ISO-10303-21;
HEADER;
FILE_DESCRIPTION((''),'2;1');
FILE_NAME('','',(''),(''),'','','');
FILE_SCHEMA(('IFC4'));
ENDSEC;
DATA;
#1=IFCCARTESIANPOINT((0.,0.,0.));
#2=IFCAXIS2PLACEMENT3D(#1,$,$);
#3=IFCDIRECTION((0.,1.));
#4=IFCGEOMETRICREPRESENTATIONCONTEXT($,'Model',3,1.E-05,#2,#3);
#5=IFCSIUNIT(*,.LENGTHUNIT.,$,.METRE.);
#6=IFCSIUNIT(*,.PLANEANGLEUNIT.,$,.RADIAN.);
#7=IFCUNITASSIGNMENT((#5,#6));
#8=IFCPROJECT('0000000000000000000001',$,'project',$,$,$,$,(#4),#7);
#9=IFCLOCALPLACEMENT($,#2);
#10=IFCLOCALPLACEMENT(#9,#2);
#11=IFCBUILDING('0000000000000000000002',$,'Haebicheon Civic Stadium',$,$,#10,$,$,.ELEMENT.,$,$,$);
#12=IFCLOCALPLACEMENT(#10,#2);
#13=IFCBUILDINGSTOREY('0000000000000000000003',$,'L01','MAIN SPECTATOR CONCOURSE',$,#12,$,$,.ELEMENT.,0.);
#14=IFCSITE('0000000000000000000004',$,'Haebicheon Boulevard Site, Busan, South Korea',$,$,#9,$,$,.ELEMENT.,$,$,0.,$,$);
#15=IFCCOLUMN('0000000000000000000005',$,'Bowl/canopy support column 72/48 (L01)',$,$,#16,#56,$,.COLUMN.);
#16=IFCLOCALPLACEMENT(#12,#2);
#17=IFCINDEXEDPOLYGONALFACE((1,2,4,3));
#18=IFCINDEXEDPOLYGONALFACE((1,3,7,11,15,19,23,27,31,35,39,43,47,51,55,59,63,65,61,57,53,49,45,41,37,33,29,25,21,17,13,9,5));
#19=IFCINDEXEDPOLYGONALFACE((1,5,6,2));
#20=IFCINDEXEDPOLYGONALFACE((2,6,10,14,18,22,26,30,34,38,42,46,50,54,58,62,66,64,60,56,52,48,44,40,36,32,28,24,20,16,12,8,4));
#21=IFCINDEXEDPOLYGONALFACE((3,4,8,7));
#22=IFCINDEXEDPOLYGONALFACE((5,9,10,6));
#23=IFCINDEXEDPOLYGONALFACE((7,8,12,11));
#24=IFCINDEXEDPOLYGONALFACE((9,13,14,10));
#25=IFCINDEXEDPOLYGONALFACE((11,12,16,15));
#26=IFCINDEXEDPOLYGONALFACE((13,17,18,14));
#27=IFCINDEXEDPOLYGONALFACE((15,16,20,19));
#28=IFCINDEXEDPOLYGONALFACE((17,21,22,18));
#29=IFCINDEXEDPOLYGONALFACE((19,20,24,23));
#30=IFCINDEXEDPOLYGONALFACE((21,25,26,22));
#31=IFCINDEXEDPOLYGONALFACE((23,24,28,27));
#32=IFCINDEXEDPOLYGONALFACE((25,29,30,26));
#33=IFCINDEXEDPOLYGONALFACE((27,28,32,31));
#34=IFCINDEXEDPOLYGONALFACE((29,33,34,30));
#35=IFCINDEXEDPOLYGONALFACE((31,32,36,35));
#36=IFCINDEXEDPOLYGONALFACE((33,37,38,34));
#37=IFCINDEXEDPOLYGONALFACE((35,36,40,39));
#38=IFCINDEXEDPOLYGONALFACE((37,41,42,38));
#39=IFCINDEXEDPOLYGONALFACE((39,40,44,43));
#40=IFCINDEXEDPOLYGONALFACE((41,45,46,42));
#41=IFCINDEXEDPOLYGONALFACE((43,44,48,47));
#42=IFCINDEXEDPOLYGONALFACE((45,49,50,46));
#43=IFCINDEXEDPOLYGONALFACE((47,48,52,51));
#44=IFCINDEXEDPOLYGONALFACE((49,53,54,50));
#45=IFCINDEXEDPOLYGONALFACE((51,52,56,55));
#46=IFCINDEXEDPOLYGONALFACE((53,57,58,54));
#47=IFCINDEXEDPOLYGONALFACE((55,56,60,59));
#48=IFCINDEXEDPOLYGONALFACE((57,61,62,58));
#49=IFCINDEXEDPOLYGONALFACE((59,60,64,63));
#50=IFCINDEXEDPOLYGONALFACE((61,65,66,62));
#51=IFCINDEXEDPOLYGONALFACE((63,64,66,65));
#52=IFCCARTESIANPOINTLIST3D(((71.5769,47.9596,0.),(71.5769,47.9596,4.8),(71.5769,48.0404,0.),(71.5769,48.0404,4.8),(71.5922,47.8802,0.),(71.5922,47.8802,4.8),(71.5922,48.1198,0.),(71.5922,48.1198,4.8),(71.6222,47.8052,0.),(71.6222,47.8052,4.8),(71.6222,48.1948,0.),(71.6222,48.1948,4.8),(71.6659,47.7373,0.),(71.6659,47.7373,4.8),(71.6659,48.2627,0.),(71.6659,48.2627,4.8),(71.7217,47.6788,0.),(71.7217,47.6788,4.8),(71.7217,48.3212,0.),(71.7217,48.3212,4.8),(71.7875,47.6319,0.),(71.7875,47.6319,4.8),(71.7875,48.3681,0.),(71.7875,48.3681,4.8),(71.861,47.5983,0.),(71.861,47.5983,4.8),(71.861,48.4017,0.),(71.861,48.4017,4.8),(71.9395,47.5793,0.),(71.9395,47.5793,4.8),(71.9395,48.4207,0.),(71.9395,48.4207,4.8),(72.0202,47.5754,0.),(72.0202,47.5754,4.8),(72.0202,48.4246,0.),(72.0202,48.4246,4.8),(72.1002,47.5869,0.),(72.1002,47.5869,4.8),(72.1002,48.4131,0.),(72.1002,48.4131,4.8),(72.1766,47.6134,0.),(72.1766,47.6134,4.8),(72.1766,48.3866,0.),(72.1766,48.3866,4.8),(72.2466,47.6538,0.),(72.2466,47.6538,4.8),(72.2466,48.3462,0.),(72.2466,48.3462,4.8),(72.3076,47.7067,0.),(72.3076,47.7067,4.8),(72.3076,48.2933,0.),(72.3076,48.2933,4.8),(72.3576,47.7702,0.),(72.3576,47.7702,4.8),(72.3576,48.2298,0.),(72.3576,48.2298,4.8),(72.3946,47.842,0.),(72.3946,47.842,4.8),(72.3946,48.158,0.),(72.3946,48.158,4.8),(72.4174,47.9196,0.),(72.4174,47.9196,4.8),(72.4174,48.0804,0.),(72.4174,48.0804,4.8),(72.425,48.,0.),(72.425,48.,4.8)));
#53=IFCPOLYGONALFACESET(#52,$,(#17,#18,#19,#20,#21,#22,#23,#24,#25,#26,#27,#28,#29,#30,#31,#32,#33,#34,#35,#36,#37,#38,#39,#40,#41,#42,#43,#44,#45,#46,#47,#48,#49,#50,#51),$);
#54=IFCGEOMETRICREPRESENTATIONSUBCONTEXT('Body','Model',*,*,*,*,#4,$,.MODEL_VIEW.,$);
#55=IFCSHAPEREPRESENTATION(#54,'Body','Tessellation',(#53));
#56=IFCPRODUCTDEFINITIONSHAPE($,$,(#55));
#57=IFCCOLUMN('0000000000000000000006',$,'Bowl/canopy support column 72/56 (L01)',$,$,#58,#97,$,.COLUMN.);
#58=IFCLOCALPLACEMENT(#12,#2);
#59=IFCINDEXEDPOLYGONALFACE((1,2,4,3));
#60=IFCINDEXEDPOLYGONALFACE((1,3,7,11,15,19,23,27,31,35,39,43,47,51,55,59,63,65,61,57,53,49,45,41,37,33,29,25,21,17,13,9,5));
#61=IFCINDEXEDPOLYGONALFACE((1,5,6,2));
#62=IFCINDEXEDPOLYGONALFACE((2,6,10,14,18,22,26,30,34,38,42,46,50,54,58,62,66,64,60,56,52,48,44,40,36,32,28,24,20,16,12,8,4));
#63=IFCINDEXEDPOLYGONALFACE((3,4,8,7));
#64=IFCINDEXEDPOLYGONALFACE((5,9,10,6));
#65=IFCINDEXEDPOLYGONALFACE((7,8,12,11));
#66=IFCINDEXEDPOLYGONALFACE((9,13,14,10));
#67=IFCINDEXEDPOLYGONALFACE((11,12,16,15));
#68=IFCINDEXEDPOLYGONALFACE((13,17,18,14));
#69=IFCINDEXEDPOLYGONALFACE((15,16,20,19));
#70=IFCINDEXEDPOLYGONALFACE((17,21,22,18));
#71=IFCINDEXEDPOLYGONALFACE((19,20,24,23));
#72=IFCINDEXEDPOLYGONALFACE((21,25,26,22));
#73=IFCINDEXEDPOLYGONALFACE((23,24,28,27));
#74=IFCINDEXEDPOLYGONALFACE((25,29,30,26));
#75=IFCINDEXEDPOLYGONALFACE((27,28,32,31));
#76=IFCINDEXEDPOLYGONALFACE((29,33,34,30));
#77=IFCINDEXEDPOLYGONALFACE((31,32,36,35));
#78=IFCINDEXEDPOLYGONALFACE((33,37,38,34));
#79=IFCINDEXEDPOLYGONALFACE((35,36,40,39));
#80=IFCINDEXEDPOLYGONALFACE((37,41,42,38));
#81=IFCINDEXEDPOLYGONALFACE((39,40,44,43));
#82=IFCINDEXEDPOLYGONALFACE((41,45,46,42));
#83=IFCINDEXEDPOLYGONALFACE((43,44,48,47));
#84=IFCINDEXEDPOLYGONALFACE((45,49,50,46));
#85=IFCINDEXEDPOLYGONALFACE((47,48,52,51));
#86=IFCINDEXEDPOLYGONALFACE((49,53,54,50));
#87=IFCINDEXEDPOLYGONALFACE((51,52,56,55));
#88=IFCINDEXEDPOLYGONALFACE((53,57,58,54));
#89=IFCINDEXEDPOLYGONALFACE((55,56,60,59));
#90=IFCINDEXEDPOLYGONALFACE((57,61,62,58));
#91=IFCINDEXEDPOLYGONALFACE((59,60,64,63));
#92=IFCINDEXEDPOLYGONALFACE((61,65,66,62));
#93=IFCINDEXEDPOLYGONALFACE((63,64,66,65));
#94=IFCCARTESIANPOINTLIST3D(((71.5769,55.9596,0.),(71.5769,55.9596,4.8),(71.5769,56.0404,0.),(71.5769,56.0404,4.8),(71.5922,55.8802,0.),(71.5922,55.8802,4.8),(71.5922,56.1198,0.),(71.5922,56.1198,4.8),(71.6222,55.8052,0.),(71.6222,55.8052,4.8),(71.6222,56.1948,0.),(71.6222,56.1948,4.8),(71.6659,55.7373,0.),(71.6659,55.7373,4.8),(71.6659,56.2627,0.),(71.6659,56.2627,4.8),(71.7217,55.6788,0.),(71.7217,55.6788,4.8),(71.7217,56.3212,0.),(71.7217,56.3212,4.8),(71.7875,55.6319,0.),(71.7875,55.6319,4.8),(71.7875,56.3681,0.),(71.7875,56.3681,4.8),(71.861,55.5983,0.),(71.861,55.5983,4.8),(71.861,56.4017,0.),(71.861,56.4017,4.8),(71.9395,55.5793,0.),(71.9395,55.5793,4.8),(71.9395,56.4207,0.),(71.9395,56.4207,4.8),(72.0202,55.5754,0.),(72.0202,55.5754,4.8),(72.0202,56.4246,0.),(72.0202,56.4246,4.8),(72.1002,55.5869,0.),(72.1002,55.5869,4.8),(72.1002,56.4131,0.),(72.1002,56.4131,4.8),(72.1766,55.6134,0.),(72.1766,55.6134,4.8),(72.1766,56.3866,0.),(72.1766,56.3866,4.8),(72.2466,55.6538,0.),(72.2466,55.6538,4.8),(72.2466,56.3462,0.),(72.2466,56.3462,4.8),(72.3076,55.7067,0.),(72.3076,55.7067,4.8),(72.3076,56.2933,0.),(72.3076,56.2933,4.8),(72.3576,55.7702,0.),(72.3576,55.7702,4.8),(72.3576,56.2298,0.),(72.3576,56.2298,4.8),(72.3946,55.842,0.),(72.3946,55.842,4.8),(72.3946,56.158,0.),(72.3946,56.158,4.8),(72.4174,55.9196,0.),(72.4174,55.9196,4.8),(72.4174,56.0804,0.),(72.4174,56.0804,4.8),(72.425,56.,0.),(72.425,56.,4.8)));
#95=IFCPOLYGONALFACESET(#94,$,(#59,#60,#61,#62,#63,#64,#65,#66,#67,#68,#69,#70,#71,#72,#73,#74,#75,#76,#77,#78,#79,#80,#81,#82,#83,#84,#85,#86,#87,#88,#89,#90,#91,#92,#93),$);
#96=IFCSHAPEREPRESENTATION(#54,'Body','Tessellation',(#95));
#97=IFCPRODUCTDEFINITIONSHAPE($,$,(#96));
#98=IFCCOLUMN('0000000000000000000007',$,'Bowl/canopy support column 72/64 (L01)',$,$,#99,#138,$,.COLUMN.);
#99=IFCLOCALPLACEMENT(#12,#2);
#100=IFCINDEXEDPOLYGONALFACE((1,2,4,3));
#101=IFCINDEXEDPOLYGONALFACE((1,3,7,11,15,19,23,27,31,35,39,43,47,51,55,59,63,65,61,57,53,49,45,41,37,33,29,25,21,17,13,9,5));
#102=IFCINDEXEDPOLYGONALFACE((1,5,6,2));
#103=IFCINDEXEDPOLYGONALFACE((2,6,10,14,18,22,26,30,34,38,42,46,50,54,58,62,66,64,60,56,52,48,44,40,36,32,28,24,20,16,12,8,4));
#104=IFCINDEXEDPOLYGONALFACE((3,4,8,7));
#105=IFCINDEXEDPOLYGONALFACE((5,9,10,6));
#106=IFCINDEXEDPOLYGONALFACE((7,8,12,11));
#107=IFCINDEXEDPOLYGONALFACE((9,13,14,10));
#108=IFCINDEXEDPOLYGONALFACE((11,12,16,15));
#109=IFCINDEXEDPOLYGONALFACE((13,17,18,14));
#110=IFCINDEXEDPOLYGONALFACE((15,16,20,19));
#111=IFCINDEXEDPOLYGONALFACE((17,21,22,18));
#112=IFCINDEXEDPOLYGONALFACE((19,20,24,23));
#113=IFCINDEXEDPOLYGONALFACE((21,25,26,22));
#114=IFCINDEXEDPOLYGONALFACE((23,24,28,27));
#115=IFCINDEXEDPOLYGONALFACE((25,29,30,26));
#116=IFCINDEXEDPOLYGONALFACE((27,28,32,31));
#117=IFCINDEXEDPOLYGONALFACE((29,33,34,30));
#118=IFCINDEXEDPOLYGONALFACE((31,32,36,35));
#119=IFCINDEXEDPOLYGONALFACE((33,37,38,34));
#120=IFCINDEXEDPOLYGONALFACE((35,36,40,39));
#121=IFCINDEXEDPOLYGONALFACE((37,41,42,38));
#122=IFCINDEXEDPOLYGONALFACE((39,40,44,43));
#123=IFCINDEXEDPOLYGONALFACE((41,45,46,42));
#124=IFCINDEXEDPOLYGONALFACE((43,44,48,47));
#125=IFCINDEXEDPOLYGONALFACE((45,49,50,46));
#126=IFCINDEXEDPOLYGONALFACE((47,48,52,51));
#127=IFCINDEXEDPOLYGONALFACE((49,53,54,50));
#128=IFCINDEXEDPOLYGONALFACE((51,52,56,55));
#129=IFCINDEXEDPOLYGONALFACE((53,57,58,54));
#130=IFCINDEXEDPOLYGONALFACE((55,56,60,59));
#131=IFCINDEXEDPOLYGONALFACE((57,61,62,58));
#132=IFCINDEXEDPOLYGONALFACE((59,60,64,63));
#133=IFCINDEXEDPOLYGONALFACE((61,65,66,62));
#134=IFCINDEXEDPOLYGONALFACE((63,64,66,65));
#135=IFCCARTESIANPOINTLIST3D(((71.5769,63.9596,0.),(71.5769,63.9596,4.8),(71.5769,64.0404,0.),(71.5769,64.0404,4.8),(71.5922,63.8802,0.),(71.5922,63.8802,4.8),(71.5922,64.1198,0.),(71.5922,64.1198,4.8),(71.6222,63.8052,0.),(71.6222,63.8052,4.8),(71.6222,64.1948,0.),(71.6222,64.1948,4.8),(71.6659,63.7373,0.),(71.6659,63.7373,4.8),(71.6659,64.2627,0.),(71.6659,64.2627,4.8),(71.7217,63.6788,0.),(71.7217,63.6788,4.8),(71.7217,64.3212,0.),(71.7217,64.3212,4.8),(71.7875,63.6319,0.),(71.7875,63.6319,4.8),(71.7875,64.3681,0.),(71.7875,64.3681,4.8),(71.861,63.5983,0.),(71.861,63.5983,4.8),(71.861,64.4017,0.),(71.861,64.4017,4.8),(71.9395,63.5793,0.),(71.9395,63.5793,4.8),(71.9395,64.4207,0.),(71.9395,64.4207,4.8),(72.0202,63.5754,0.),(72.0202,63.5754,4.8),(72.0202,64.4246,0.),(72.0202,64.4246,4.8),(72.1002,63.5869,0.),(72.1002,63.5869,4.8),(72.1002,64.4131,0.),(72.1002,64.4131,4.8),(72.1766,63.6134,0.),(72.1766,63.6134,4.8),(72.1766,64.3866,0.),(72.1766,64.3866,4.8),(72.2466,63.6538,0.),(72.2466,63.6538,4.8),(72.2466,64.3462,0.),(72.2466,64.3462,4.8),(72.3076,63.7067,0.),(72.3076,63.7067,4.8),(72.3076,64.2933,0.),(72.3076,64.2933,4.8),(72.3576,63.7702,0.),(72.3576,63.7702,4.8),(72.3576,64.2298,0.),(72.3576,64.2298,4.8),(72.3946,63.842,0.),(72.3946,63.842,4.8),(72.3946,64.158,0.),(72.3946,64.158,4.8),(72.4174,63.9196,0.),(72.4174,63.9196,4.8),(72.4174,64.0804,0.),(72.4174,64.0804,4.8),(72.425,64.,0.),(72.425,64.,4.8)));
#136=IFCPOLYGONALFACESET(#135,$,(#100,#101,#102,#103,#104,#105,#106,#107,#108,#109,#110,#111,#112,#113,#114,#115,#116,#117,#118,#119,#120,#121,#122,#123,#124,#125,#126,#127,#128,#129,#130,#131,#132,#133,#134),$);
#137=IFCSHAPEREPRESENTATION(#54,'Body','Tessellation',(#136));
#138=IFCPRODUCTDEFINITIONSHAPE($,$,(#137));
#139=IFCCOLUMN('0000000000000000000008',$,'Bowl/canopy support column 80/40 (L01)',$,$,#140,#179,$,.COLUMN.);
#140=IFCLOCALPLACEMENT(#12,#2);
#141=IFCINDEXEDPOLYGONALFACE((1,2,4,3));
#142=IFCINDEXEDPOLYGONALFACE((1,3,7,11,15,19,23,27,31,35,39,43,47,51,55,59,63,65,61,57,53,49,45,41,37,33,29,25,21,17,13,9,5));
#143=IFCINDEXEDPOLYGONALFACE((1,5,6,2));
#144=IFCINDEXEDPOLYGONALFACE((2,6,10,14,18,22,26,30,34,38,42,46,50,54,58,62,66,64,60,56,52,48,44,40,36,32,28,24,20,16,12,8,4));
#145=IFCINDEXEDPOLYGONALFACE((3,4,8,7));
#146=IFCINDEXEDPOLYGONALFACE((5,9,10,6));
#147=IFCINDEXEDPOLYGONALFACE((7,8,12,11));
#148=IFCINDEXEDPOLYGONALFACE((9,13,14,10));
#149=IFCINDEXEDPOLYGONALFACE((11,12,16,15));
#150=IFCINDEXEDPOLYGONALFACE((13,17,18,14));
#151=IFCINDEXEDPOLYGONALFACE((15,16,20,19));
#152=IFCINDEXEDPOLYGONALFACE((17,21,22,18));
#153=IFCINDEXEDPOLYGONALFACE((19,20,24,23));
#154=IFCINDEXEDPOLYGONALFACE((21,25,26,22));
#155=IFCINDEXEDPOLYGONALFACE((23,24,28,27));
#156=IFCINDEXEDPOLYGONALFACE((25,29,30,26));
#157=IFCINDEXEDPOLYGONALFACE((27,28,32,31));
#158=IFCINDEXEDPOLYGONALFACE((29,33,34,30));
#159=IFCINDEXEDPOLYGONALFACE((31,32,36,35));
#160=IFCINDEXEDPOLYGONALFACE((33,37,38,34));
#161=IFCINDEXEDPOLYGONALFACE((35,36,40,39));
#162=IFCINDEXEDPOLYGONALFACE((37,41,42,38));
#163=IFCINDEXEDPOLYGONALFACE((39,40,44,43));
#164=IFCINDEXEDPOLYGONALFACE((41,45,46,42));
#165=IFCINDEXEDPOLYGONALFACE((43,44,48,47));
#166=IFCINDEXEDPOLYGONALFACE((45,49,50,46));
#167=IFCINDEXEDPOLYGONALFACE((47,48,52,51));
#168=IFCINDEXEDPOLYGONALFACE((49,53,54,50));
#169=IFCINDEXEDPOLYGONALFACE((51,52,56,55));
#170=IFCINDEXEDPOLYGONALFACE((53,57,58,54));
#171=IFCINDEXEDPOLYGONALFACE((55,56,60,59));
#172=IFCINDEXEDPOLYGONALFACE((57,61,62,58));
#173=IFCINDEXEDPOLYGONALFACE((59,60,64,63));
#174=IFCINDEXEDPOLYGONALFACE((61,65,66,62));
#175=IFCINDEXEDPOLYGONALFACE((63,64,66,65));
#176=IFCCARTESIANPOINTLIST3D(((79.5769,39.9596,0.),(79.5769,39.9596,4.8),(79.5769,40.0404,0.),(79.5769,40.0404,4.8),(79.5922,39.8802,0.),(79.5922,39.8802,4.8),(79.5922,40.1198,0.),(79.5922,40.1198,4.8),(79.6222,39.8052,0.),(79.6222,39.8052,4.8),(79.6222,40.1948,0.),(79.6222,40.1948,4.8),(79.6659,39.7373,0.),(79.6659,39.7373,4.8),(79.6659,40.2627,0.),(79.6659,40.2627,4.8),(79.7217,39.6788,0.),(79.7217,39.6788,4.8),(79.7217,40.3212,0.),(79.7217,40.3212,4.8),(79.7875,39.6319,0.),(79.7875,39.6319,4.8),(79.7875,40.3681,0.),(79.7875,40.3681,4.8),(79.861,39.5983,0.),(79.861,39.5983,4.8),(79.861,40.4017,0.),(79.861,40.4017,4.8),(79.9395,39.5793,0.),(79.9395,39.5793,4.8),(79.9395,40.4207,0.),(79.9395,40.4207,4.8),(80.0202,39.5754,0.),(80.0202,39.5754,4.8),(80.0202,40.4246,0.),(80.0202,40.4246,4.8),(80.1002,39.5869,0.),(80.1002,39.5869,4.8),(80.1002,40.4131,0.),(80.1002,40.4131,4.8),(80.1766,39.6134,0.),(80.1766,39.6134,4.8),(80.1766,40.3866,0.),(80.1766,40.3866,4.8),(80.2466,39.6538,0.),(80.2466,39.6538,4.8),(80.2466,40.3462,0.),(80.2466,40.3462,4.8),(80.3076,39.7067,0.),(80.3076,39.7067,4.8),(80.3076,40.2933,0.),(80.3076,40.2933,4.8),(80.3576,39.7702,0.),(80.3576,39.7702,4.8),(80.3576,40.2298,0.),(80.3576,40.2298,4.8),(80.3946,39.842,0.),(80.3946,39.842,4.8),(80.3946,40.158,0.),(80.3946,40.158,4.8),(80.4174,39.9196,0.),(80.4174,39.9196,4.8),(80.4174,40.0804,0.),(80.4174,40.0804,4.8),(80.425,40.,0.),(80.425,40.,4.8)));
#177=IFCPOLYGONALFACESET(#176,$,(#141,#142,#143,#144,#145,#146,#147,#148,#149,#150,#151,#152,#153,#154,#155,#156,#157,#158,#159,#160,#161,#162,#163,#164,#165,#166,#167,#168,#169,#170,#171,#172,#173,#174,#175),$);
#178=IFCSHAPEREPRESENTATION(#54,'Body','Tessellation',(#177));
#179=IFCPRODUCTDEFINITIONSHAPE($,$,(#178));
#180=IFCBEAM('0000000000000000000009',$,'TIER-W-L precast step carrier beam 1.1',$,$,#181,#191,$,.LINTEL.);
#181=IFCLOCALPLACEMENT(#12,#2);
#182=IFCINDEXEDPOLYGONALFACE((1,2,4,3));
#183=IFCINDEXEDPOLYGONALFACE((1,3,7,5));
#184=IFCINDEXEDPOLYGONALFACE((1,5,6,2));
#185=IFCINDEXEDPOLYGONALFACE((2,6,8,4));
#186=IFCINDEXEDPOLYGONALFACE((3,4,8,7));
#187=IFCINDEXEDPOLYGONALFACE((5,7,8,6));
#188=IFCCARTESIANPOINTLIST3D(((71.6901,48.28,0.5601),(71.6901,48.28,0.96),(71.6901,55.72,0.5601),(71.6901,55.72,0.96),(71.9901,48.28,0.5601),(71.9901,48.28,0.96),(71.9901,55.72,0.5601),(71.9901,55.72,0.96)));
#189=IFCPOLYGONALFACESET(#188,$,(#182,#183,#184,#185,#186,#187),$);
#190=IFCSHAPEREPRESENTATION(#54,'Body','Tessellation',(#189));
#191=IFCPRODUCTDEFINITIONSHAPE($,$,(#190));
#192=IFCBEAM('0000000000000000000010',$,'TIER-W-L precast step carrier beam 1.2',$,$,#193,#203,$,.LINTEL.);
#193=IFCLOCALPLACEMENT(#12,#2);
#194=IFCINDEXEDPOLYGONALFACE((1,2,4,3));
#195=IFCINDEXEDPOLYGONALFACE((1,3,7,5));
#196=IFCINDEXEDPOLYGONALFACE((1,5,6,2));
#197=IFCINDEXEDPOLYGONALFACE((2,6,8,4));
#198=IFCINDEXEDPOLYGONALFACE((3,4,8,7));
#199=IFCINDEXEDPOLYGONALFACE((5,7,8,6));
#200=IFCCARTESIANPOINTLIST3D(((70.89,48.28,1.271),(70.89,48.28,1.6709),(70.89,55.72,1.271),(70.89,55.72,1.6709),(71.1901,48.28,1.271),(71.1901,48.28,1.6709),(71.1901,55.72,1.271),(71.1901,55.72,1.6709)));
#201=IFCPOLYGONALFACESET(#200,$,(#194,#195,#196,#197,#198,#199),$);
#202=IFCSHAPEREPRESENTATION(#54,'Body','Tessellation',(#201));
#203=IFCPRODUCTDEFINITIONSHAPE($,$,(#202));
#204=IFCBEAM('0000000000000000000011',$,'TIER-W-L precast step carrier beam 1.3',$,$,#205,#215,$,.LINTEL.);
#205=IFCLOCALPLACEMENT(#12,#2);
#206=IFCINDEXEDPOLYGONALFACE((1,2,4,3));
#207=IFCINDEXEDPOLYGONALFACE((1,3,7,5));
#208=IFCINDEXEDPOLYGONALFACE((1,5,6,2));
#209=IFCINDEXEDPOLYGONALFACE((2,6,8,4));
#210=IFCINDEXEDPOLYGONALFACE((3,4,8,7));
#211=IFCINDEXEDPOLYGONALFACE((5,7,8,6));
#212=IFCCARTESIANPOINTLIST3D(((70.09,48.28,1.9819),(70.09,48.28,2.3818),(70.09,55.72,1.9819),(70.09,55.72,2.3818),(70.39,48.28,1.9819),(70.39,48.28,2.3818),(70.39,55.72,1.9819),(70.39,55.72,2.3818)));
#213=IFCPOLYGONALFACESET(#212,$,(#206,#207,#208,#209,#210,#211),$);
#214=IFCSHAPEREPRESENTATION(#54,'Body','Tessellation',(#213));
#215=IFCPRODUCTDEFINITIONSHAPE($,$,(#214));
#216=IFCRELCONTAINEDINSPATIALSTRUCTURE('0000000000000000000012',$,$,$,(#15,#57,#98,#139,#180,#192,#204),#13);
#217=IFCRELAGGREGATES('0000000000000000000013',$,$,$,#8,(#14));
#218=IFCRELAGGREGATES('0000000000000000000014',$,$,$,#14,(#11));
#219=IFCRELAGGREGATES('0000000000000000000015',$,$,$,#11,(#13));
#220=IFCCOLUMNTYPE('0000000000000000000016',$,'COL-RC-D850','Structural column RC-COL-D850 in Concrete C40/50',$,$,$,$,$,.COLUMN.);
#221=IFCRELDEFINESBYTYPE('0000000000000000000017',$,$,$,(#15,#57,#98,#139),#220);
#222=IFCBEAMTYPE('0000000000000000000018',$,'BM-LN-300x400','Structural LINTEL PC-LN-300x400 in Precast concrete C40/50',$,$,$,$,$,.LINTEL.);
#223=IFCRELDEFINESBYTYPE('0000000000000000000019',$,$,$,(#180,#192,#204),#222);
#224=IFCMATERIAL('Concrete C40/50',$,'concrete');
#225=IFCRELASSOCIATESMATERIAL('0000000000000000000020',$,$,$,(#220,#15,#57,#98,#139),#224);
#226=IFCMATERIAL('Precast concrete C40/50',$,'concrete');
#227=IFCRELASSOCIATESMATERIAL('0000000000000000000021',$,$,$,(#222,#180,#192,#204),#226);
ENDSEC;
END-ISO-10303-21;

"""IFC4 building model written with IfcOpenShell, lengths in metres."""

from ifc_helpers import new_model, si_unit, direction, frame, origin, origin_2d, place, context, subcontext, project, spatial, rectangle, circle, extrude, material, material_profile, profile_set, type_object, element, save


model = new_model("IFC4")

# Units and contexts
model_context = context("Model", 3, precision=1e-05, world=origin(), true_north=direction((0.0, 1.0)))
body_context = subcontext(model_context, "Body", "Model", "MODEL_VIEW")
ifc_project = project(units=[si_unit("LENGTHUNIT", "METRE"), si_unit("PLANEANGLEUNIT", "RADIAN")], contexts=[model_context])

# Site, building, storey
site_placement = place(None, origin())
site = spatial("IfcSite", under=ifc_project, at=site_placement, Name="Haebicheon Boulevard Site, Busan, South Korea", CompositionType="ELEMENT", RefElevation=0.0)
building_placement = place(site_placement, origin())
building = spatial("IfcBuilding", under=site, at=building_placement, Name="Haebicheon Civic Stadium", CompositionType="ELEMENT")
storey_placement = place(building_placement, origin())
storey = spatial("IfcBuildingStorey", under=building, at=storey_placement, Name="L01", Description="MAIN SPECTATOR CONCOURSE", CompositionType="ELEMENT", Elevation=0.0)

# Columns
ifc_material_1 = material(Name="Concrete C40/50", Category="concrete")
ifc_material_profile_1 = material_profile(ifc_material_1, circle(Radius=0.425, at=origin_2d()), Name="RC-COL-D850")
ifc_profile_set_1 = profile_set([ifc_material_profile_1], Name="Concrete C40/50")
column_type = type_object("IfcColumnType", Name="COL-RC-D850", Description="Structural column RC-COL-D850 in Concrete C40/50", PredefinedType="COLUMN", material=ifc_profile_set_1)
for number, where, z_axis, x_axis, name in (
    (1, (72.0, 48.0, 0.0), (0.0, 0.0, 1.0), (1.0, 0.0, 0.0), "Bowl/canopy support column 72/48 (L01)"),
    (2, (72.0, 56.0, 0.0), (0.0, 0.0, 1.0), (1.0, 0.0, 0.0), "Bowl/canopy support column 72/56 (L01)"),
    (3, (72.0, 64.0, 0.0), (0.0, 0.0, 1.0), (1.0, 0.0, 0.0), "Bowl/canopy support column 72/64 (L01)"),
    (4, (80.0, 40.0, 0.0), (0.0, 0.0, 1.0), (1.0, 0.0, 0.0), "Bowl/canopy support column 80/40 (L01)"),
):
    element("IfcColumn", number, at=place(storey_placement, frame(where, z_axis=z_axis, x_axis=x_axis)), inside=storey, type_object=column_type, material=ifc_profile_set_1, Name=name, PredefinedType="COLUMN", context=body_context, shape_type="SweptSolid", body=[
        extrude(circle(Radius=0.425, at=origin_2d()), origin(), (0.0, 0.0, 1.0), 4.8),
    ])

# Beams
ifc_material_2 = material(Name="Precast concrete C40/50", Category="concrete")
ifc_material_profile_2 = material_profile(ifc_material_2, rectangle(XDim=0.3, YDim=0.3999, at=origin_2d()), Name="PC-LN-300x400")
ifc_profile_set_2 = profile_set([ifc_material_profile_2], Name="Precast concrete C40/50")
beam_type_1 = type_object("IfcBeamType", Name="BM-LN-300x400", Description="Structural LINTEL PC-LN-300x400 in Precast concrete C40/50", PredefinedType="LINTEL", material=ifc_profile_set_2)
for number, where, z_axis, x_axis, name in (
    (5, (71.8401, 48.28, 0.76), (0.0, 1.0, 0.0), (-1.0, 0.0, 0.0), "TIER-W-L precast step carrier beam 1.1"),
    (6, (71.04, 48.28, 1.4709), (0.0, 1.0, 0.0), (-1.0, 0.0, 0.0), "TIER-W-L precast step carrier beam 1.2"),
    (7, (70.24, 48.28, 2.1819), (0.0, 1.0, 0.0), (-1.0, 0.0, 0.0), "TIER-W-L precast step carrier beam 1.3"),
):
    element("IfcBeam", number, at=place(storey_placement, frame(where, z_axis=z_axis, x_axis=x_axis)), inside=storey, type_object=beam_type_1, material=ifc_profile_set_2, Name=name, PredefinedType="LINTEL", context=body_context, shape_type="SweptSolid", body=[
        extrude(rectangle(XDim=0.3, YDim=0.3999, at=origin_2d()), origin(), (0.0, 0.0, 1.0), 7.4399),
    ])

save(model, "model.ifc")
